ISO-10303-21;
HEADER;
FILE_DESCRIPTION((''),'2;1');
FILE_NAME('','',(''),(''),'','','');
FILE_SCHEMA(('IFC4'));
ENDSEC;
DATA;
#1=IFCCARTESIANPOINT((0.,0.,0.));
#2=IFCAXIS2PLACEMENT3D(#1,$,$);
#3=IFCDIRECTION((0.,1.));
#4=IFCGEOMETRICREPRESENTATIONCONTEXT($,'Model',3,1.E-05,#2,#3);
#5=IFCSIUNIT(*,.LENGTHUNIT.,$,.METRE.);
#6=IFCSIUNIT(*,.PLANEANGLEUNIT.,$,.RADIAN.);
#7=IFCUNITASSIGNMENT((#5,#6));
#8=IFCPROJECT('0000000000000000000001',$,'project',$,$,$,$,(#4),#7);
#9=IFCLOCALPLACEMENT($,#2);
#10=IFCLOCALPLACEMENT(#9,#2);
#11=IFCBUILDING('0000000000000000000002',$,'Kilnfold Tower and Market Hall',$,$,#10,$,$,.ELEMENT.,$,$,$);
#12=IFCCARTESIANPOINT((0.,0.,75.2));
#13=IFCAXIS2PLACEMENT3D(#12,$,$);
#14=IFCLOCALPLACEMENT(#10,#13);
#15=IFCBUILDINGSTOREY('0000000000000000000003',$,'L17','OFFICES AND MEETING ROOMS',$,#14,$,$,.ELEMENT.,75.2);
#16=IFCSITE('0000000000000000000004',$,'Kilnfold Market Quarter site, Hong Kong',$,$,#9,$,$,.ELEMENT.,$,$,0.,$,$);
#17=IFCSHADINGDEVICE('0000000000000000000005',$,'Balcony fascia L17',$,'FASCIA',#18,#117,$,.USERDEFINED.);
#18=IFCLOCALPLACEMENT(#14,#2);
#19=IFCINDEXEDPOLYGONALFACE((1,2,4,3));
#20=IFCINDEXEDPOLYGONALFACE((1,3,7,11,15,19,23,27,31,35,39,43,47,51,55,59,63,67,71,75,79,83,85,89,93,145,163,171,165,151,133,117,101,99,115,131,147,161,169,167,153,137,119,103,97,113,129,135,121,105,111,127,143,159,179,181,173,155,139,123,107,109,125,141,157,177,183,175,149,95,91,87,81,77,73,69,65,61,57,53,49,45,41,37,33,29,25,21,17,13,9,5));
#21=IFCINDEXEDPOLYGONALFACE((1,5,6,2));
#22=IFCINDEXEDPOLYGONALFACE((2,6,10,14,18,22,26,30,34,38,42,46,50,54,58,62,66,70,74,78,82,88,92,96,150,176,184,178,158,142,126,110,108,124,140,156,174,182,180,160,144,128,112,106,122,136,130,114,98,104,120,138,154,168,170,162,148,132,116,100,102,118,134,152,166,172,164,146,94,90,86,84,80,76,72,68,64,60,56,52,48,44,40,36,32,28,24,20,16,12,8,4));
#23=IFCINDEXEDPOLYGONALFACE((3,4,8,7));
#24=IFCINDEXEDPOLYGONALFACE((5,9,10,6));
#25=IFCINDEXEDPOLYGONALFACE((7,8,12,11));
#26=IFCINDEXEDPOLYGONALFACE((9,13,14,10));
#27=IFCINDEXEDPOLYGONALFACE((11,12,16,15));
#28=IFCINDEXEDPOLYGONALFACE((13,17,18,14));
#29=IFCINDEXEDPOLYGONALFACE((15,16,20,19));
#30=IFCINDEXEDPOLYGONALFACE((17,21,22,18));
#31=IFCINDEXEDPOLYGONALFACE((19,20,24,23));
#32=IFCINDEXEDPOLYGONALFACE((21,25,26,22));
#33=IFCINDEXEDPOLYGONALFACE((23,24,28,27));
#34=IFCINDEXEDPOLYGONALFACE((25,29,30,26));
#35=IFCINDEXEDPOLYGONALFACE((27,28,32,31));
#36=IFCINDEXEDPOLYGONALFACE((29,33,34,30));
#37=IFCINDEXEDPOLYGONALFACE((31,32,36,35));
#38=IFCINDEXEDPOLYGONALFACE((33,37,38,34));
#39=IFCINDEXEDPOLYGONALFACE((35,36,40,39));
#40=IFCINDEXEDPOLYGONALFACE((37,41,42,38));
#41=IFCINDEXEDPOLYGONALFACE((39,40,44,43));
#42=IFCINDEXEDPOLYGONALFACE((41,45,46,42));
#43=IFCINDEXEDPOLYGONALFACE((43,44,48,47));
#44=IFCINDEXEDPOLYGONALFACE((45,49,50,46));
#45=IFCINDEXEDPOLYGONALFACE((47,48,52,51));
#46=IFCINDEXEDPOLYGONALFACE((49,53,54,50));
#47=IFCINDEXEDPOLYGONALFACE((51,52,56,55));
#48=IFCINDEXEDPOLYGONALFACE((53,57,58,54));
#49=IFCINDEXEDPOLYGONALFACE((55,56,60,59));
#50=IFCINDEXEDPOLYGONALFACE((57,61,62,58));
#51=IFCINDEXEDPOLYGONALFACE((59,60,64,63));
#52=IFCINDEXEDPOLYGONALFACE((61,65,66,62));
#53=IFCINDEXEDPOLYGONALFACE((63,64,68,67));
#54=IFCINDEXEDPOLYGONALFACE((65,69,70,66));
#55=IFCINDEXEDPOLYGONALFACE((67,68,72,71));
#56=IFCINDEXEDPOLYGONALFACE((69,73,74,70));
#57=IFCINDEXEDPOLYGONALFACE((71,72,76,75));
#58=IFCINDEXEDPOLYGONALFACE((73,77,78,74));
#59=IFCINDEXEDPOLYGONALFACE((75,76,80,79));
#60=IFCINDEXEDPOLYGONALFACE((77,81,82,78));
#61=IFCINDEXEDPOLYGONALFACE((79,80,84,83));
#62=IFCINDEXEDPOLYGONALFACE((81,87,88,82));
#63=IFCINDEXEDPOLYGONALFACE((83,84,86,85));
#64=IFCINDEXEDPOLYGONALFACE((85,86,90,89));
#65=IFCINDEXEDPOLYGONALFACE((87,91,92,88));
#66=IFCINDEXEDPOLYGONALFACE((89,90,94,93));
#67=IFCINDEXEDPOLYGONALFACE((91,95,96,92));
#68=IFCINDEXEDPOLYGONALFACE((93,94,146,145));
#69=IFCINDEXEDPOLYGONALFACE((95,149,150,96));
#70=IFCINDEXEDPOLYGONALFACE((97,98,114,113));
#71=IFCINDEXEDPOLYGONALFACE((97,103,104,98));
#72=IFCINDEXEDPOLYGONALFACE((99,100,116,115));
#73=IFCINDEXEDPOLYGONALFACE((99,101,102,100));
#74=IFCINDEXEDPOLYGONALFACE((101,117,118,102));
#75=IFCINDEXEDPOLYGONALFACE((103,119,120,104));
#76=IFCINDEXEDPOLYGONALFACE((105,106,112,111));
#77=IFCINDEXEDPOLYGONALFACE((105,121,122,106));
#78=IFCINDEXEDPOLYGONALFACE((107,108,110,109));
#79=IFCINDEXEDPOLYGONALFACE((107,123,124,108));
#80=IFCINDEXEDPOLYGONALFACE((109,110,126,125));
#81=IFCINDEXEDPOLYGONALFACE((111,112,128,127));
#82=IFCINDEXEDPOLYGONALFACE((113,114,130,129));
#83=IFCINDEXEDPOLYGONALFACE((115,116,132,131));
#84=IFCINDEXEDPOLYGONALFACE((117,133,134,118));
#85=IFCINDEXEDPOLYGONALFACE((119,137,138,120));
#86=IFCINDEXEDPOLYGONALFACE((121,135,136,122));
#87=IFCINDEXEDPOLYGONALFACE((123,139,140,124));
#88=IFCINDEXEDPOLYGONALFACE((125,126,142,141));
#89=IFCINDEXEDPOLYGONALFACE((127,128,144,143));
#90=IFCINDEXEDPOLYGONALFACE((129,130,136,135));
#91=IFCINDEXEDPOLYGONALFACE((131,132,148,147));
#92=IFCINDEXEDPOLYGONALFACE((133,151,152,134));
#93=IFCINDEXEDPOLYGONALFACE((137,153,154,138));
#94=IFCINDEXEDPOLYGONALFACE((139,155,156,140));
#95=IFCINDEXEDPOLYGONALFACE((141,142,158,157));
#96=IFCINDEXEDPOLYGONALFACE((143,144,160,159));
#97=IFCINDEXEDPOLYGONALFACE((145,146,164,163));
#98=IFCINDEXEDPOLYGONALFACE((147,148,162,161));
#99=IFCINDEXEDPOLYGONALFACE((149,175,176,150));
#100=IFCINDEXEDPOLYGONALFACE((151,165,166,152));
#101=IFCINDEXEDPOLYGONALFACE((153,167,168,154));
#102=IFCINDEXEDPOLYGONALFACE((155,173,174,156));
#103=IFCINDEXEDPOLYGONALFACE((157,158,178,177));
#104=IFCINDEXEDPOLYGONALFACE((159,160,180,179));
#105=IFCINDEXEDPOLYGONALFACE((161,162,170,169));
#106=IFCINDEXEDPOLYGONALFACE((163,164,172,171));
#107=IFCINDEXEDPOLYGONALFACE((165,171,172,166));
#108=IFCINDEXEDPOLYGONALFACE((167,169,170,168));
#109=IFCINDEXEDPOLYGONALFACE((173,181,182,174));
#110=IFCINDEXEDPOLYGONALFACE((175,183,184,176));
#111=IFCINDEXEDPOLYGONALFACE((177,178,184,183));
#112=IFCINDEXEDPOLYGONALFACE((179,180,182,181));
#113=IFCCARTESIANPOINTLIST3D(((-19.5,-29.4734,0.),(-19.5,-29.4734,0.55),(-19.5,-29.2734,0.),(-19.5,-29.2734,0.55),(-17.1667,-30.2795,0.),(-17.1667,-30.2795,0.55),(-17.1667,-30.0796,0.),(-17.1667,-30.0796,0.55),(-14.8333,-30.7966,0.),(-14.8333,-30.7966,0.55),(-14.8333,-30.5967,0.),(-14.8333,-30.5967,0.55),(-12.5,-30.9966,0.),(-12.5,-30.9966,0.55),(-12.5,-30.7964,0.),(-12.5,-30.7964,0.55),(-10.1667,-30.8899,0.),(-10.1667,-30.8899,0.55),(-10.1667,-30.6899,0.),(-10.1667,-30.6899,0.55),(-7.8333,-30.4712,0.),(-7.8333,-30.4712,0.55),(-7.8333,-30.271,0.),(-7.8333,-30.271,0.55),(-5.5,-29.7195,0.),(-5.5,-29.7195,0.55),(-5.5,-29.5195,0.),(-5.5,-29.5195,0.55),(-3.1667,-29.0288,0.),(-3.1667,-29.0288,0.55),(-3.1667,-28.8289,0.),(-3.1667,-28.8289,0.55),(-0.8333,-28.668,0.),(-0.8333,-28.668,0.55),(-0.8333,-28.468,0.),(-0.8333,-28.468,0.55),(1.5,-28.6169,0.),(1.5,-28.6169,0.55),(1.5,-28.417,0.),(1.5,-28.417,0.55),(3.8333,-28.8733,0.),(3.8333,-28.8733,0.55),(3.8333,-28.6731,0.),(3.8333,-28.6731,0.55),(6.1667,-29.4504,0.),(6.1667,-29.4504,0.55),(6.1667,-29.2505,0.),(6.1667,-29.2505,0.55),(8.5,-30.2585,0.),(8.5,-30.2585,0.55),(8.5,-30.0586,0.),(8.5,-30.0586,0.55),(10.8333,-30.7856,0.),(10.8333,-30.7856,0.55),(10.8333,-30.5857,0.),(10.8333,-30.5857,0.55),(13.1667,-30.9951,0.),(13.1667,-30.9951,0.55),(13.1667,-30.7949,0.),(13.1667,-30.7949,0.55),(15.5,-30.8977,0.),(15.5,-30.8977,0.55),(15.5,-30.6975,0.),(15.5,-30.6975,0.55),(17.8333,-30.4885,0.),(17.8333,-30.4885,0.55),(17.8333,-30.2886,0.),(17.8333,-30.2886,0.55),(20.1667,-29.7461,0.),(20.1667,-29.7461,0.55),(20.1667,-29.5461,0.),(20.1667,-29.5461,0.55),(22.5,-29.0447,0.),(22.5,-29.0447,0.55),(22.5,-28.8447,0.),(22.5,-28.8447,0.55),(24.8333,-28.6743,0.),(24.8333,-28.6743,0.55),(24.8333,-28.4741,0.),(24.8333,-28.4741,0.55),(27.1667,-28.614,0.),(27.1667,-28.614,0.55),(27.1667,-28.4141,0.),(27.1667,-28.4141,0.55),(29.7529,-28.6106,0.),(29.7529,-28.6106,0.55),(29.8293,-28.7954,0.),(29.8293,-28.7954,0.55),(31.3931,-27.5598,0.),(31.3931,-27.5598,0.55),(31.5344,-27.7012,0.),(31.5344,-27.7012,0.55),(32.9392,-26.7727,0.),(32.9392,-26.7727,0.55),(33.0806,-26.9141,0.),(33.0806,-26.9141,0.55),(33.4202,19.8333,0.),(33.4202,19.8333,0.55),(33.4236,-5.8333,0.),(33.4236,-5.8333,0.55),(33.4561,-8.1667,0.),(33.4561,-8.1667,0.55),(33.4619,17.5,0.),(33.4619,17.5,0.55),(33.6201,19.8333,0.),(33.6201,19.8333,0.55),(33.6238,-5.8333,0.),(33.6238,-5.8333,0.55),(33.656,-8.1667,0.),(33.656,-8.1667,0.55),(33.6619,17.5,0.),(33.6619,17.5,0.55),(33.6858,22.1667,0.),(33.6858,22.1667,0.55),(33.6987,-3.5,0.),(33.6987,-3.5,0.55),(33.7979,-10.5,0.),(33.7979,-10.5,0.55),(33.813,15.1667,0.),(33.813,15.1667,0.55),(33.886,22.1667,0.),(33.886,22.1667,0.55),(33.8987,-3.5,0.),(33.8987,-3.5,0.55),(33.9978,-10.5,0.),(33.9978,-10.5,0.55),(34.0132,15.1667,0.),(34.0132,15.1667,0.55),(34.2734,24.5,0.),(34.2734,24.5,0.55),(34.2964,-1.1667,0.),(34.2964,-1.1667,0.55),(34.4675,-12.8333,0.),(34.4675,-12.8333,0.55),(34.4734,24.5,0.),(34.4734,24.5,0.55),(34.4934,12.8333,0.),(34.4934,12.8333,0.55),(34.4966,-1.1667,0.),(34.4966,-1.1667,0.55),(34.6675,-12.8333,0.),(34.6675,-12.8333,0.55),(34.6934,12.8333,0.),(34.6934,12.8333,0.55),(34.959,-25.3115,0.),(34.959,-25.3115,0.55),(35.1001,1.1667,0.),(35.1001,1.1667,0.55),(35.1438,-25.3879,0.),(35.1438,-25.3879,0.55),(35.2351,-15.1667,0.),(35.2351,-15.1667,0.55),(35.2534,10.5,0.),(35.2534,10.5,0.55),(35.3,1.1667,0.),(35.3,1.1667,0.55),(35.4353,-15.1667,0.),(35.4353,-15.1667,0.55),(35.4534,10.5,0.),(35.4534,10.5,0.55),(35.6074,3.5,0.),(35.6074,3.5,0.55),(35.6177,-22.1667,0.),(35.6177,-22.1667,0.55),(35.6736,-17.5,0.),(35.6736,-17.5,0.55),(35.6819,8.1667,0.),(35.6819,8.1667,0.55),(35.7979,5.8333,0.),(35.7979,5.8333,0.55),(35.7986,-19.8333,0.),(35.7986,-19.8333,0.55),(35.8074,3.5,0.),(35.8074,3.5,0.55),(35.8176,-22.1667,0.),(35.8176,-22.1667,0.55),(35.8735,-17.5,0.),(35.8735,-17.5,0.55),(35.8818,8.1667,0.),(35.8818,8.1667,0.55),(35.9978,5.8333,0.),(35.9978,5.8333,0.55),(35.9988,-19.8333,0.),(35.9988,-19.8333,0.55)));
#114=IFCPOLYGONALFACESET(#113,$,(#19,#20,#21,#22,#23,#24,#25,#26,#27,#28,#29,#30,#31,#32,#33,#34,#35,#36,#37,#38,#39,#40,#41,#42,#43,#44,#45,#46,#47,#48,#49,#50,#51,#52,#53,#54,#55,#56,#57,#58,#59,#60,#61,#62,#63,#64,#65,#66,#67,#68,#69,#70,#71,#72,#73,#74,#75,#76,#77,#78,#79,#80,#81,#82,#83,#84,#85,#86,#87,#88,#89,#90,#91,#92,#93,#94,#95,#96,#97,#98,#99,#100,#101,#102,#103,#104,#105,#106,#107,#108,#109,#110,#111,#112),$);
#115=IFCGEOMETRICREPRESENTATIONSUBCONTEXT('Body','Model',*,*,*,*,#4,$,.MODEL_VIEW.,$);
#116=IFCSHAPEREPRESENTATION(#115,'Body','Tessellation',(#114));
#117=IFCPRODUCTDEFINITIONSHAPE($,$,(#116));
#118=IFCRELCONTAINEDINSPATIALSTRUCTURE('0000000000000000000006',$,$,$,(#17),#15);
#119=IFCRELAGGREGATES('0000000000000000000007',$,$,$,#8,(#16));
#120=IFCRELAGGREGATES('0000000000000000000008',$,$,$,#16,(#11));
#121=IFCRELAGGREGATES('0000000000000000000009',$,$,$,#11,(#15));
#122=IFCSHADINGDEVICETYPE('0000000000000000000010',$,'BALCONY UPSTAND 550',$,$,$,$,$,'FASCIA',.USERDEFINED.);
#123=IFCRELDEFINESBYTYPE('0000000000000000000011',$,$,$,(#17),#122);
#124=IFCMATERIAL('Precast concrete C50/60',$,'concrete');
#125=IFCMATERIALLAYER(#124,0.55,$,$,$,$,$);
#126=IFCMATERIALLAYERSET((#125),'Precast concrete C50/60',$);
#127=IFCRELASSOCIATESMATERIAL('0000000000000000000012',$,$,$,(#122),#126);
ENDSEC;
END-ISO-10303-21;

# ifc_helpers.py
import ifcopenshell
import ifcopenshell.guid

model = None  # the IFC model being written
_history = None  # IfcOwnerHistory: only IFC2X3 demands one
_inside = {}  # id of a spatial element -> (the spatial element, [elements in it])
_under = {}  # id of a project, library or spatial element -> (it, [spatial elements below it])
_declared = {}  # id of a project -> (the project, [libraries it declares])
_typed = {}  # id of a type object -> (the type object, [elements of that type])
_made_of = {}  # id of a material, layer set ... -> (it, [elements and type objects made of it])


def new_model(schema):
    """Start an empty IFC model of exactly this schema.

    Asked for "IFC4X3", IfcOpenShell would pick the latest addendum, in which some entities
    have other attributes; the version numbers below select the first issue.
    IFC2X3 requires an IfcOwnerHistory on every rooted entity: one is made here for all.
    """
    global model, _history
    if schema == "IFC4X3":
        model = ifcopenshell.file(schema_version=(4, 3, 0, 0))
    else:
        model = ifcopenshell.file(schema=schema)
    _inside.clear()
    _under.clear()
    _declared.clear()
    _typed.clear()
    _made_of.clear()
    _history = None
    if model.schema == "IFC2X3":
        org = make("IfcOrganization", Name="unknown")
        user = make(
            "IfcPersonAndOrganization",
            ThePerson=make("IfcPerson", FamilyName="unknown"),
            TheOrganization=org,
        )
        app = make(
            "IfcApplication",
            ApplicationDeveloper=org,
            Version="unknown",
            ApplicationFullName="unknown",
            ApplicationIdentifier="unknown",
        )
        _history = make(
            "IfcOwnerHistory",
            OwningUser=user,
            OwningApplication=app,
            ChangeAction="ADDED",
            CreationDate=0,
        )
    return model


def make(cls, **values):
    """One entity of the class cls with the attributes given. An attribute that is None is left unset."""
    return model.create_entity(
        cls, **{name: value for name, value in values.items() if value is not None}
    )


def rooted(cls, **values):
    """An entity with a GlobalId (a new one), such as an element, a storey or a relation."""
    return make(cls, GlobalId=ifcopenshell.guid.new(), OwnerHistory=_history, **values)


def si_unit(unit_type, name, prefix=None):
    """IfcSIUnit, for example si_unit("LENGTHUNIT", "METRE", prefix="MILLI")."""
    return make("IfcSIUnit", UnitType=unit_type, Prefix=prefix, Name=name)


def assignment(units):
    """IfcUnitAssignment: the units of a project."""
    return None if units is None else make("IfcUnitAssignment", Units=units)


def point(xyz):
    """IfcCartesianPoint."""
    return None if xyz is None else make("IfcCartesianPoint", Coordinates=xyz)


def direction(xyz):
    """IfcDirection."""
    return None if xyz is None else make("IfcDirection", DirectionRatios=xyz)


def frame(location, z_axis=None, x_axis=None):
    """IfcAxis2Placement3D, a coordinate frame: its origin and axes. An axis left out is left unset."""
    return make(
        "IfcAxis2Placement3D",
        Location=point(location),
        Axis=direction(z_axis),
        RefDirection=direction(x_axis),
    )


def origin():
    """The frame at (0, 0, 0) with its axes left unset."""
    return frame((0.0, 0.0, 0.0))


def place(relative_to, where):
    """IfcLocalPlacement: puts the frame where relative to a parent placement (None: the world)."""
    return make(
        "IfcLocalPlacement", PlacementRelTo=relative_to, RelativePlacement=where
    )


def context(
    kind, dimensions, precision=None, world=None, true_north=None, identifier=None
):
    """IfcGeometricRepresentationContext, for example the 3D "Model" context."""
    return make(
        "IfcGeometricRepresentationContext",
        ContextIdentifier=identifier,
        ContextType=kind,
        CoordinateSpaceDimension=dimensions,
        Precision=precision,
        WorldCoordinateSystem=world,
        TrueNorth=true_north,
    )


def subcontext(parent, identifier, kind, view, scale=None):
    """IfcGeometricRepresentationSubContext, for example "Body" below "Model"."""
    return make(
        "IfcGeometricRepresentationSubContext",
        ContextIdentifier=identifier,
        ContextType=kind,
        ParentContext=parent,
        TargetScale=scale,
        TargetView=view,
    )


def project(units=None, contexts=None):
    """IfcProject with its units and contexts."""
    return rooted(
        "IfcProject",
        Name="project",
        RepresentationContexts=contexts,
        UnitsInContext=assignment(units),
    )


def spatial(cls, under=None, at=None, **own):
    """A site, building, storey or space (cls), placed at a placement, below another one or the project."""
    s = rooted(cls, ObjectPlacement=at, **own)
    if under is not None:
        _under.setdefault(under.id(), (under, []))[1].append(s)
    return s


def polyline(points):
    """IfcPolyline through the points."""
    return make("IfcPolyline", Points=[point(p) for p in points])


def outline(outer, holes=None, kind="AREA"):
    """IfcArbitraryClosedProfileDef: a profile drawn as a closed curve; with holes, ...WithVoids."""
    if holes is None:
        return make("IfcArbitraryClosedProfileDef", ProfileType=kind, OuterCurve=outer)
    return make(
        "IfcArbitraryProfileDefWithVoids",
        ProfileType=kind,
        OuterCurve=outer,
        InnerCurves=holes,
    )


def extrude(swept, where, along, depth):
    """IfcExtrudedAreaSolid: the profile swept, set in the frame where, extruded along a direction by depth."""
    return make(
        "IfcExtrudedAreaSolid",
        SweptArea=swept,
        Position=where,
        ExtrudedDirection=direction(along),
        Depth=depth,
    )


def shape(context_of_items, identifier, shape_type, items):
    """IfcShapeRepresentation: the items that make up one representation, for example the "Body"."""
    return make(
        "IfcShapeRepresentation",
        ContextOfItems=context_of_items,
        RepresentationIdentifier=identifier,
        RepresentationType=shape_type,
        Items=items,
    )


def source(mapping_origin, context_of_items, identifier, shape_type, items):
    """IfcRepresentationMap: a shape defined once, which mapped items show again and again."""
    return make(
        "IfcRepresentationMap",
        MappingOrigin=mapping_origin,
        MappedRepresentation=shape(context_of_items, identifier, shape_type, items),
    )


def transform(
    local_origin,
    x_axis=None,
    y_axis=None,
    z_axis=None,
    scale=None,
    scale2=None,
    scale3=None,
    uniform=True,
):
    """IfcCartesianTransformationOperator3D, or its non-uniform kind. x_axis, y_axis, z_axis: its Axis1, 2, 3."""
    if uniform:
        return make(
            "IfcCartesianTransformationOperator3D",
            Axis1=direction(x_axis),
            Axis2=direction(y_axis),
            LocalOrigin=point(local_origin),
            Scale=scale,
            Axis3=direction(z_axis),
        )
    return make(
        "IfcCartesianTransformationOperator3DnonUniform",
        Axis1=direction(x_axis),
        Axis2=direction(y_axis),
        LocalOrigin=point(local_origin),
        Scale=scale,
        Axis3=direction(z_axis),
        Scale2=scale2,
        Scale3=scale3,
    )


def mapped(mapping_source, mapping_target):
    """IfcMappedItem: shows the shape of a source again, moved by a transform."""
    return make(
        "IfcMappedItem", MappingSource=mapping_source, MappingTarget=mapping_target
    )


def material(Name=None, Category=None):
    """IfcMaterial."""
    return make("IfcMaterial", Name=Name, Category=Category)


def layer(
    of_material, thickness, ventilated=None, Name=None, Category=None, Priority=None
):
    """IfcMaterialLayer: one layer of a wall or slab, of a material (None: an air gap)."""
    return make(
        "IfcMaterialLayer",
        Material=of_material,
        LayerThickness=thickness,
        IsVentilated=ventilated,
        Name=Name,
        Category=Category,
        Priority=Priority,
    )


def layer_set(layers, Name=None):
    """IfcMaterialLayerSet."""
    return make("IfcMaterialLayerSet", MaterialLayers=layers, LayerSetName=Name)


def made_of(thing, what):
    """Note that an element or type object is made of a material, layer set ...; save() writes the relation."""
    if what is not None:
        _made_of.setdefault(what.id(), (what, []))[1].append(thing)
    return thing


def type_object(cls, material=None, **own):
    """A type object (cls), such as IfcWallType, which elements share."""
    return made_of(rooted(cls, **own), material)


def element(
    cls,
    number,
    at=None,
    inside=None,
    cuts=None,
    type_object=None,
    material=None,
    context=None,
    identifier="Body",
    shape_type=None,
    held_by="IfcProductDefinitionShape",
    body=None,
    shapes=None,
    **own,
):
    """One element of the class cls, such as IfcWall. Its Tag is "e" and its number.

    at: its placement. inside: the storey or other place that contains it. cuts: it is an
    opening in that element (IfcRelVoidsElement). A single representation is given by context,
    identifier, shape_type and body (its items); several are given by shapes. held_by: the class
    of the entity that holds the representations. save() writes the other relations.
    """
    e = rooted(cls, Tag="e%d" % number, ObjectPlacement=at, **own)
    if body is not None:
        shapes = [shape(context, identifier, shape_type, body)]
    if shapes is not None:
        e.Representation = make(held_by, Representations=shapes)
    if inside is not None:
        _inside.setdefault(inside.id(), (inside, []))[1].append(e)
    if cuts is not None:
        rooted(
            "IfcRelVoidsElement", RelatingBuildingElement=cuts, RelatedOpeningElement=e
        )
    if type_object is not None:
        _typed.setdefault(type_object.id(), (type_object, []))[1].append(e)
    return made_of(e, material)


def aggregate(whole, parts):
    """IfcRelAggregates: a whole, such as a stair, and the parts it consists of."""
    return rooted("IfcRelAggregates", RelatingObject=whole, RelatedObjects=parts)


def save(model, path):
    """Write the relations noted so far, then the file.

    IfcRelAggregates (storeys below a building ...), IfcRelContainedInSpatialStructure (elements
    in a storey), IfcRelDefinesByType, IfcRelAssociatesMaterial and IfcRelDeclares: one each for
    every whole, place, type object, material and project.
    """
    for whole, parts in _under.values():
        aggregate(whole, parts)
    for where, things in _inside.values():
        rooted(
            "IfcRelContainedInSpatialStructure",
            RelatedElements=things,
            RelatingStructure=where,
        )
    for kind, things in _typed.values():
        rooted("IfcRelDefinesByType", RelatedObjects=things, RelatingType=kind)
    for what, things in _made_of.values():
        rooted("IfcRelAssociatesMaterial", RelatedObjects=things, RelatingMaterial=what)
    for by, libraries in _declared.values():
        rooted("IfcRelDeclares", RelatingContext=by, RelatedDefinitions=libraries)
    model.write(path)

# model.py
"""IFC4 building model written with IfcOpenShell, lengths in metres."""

from ifc_helpers import new_model, si_unit, direction, frame, origin, place, context, subcontext, project, spatial, polyline, outline, extrude, source, transform, mapped, material, layer, layer_set, type_object, element, save


model = new_model("IFC4")

# Units and contexts
model_context = context("Model", 3, precision=1e-05, world=origin(), true_north=direction((0.0, 1.0)))
body_context = subcontext(model_context, "Body", "Model", "MODEL_VIEW")
ifc_project = project(units=[si_unit("LENGTHUNIT", "METRE"), si_unit("PLANEANGLEUNIT", "RADIAN")], contexts=[model_context])

# Site, building, storey
site_placement = place(None, origin())
site = spatial("IfcSite", under=ifc_project, at=site_placement, Name="Kilnfold Market Quarter site, Hong Kong", CompositionType="ELEMENT", RefElevation=0.0)
building_placement = place(site_placement, origin())
building = spatial("IfcBuilding", under=site, at=building_placement, Name="Kilnfold Tower and Market Hall", CompositionType="ELEMENT")
storey_placement = place(building_placement, frame((0.0, 0.0, 75.2)))
storey = spatial("IfcBuildingStorey", under=building, at=storey_placement, Name="L17", Description="OFFICES AND MEETING ROOMS", CompositionType="ELEMENT", Elevation=75.2)

# Shading device
ifc_material_1 = material(Name="Precast concrete C50/60", Category="concrete")
ifc_layer_1 = layer(ifc_material_1, 0.55)
ifc_layer_set_1 = layer_set([ifc_layer_1], Name="Precast concrete C50/60")
shading_device_type_1 = type_object("IfcShadingDeviceType", Name="BALCONY UPSTAND 550", ElementType="FASCIA", PredefinedType="USERDEFINED", material=ifc_layer_set_1)
shared_shape_1 = source(origin(), body_context, "Body", "SweptSolid", [
    extrude(outline(polyline([(-19.5, -29.4734), (-17.1667, -30.2795), (-14.8333, -30.7966), (-12.5, -30.9966), (-10.1667, -30.8899), (-7.8333, -30.4712), (-5.5, -29.7195), (-3.1667, -29.0288), (-0.8333, -28.668), (1.5, -28.6169), (3.8333, -28.8733), (6.1667, -29.4504), (8.5, -30.2585), (10.8333, -30.7856), (13.1667, -30.9951), (15.5, -30.8977), (17.8333, -30.4885), (20.1667, -29.7461), (22.5, -29.0447), (24.8333, -28.6743), (27.1667, -28.614), (29.8293, -28.7954), (31.5344, -27.7012), (33.0806, -26.9141), (35.1438, -25.3879), (35.8176, -22.1667), (35.9988, -19.8333), (35.8735, -17.5), (35.4353, -15.1667), (34.6675, -12.8333), (33.9978, -10.5), (33.656, -8.1667), (33.6238, -5.8333), (33.8987, -3.5), (34.4966, -1.1667), (35.3, 1.1667), (35.8074, 3.5), (35.9978, 5.8333), (35.8818, 8.1667), (35.4534, 10.5), (34.6934, 12.8333), (34.0132, 15.1667), (33.6619, 17.5), (33.6201, 19.8333), (33.886, 22.1667), (34.4734, 24.5), (34.2734, 24.5), (33.6858, 22.1667), (33.4202, 19.8333), (33.4619, 17.5), (33.813, 15.1667), (34.4934, 12.8333), (35.2534, 10.5), (35.6819, 8.1667), (35.7979, 5.8333), (35.6074, 3.5), (35.1001, 1.1667), (34.2964, -1.1667), (33.6987, -3.5), (33.4236, -5.8333), (33.4561, -8.1667), (33.7979, -10.5), (34.4675, -12.8333), (35.2351, -15.1667), (35.6736, -17.5), (35.7986, -19.8333), (35.6177, -22.1667), (34.959, -25.3115), (32.9392, -26.7727), (31.3931, -27.5598), (29.7529, -28.6106), (27.1667, -28.4141), (24.8333, -28.4741), (22.5, -28.8447), (20.1667, -29.5461), (17.8333, -30.2886), (15.5, -30.6975), (13.1667, -30.7949), (10.8333, -30.5857), (8.5, -30.0586), (6.1667, -29.2505), (3.8333, -28.6731), (1.5, -28.417), (-0.8333, -28.468), (-3.1667, -28.8289), (-5.5, -29.5195), (-7.8333, -30.271), (-10.1667, -30.6899), (-12.5, -30.7964), (-14.8333, -30.5967), (-17.1667, -30.0796), (-19.5, -29.2734), (-19.5, -29.4734)])), origin(), (0.0, 0.0, 1.0), 0.55),
])
shading_device_1_placement = place(storey_placement, origin())
element("IfcShadingDevice", 1, at=shading_device_1_placement, inside=storey, type_object=shading_device_type_1, Name="Balcony fascia L17", ObjectType="FASCIA", PredefinedType="USERDEFINED", context=body_context, shape_type="MappedRepresentation", body=[
    mapped(shared_shape_1, transform((0.0, 0.0, 0.0))),
])

save(model, "model.ifc")
